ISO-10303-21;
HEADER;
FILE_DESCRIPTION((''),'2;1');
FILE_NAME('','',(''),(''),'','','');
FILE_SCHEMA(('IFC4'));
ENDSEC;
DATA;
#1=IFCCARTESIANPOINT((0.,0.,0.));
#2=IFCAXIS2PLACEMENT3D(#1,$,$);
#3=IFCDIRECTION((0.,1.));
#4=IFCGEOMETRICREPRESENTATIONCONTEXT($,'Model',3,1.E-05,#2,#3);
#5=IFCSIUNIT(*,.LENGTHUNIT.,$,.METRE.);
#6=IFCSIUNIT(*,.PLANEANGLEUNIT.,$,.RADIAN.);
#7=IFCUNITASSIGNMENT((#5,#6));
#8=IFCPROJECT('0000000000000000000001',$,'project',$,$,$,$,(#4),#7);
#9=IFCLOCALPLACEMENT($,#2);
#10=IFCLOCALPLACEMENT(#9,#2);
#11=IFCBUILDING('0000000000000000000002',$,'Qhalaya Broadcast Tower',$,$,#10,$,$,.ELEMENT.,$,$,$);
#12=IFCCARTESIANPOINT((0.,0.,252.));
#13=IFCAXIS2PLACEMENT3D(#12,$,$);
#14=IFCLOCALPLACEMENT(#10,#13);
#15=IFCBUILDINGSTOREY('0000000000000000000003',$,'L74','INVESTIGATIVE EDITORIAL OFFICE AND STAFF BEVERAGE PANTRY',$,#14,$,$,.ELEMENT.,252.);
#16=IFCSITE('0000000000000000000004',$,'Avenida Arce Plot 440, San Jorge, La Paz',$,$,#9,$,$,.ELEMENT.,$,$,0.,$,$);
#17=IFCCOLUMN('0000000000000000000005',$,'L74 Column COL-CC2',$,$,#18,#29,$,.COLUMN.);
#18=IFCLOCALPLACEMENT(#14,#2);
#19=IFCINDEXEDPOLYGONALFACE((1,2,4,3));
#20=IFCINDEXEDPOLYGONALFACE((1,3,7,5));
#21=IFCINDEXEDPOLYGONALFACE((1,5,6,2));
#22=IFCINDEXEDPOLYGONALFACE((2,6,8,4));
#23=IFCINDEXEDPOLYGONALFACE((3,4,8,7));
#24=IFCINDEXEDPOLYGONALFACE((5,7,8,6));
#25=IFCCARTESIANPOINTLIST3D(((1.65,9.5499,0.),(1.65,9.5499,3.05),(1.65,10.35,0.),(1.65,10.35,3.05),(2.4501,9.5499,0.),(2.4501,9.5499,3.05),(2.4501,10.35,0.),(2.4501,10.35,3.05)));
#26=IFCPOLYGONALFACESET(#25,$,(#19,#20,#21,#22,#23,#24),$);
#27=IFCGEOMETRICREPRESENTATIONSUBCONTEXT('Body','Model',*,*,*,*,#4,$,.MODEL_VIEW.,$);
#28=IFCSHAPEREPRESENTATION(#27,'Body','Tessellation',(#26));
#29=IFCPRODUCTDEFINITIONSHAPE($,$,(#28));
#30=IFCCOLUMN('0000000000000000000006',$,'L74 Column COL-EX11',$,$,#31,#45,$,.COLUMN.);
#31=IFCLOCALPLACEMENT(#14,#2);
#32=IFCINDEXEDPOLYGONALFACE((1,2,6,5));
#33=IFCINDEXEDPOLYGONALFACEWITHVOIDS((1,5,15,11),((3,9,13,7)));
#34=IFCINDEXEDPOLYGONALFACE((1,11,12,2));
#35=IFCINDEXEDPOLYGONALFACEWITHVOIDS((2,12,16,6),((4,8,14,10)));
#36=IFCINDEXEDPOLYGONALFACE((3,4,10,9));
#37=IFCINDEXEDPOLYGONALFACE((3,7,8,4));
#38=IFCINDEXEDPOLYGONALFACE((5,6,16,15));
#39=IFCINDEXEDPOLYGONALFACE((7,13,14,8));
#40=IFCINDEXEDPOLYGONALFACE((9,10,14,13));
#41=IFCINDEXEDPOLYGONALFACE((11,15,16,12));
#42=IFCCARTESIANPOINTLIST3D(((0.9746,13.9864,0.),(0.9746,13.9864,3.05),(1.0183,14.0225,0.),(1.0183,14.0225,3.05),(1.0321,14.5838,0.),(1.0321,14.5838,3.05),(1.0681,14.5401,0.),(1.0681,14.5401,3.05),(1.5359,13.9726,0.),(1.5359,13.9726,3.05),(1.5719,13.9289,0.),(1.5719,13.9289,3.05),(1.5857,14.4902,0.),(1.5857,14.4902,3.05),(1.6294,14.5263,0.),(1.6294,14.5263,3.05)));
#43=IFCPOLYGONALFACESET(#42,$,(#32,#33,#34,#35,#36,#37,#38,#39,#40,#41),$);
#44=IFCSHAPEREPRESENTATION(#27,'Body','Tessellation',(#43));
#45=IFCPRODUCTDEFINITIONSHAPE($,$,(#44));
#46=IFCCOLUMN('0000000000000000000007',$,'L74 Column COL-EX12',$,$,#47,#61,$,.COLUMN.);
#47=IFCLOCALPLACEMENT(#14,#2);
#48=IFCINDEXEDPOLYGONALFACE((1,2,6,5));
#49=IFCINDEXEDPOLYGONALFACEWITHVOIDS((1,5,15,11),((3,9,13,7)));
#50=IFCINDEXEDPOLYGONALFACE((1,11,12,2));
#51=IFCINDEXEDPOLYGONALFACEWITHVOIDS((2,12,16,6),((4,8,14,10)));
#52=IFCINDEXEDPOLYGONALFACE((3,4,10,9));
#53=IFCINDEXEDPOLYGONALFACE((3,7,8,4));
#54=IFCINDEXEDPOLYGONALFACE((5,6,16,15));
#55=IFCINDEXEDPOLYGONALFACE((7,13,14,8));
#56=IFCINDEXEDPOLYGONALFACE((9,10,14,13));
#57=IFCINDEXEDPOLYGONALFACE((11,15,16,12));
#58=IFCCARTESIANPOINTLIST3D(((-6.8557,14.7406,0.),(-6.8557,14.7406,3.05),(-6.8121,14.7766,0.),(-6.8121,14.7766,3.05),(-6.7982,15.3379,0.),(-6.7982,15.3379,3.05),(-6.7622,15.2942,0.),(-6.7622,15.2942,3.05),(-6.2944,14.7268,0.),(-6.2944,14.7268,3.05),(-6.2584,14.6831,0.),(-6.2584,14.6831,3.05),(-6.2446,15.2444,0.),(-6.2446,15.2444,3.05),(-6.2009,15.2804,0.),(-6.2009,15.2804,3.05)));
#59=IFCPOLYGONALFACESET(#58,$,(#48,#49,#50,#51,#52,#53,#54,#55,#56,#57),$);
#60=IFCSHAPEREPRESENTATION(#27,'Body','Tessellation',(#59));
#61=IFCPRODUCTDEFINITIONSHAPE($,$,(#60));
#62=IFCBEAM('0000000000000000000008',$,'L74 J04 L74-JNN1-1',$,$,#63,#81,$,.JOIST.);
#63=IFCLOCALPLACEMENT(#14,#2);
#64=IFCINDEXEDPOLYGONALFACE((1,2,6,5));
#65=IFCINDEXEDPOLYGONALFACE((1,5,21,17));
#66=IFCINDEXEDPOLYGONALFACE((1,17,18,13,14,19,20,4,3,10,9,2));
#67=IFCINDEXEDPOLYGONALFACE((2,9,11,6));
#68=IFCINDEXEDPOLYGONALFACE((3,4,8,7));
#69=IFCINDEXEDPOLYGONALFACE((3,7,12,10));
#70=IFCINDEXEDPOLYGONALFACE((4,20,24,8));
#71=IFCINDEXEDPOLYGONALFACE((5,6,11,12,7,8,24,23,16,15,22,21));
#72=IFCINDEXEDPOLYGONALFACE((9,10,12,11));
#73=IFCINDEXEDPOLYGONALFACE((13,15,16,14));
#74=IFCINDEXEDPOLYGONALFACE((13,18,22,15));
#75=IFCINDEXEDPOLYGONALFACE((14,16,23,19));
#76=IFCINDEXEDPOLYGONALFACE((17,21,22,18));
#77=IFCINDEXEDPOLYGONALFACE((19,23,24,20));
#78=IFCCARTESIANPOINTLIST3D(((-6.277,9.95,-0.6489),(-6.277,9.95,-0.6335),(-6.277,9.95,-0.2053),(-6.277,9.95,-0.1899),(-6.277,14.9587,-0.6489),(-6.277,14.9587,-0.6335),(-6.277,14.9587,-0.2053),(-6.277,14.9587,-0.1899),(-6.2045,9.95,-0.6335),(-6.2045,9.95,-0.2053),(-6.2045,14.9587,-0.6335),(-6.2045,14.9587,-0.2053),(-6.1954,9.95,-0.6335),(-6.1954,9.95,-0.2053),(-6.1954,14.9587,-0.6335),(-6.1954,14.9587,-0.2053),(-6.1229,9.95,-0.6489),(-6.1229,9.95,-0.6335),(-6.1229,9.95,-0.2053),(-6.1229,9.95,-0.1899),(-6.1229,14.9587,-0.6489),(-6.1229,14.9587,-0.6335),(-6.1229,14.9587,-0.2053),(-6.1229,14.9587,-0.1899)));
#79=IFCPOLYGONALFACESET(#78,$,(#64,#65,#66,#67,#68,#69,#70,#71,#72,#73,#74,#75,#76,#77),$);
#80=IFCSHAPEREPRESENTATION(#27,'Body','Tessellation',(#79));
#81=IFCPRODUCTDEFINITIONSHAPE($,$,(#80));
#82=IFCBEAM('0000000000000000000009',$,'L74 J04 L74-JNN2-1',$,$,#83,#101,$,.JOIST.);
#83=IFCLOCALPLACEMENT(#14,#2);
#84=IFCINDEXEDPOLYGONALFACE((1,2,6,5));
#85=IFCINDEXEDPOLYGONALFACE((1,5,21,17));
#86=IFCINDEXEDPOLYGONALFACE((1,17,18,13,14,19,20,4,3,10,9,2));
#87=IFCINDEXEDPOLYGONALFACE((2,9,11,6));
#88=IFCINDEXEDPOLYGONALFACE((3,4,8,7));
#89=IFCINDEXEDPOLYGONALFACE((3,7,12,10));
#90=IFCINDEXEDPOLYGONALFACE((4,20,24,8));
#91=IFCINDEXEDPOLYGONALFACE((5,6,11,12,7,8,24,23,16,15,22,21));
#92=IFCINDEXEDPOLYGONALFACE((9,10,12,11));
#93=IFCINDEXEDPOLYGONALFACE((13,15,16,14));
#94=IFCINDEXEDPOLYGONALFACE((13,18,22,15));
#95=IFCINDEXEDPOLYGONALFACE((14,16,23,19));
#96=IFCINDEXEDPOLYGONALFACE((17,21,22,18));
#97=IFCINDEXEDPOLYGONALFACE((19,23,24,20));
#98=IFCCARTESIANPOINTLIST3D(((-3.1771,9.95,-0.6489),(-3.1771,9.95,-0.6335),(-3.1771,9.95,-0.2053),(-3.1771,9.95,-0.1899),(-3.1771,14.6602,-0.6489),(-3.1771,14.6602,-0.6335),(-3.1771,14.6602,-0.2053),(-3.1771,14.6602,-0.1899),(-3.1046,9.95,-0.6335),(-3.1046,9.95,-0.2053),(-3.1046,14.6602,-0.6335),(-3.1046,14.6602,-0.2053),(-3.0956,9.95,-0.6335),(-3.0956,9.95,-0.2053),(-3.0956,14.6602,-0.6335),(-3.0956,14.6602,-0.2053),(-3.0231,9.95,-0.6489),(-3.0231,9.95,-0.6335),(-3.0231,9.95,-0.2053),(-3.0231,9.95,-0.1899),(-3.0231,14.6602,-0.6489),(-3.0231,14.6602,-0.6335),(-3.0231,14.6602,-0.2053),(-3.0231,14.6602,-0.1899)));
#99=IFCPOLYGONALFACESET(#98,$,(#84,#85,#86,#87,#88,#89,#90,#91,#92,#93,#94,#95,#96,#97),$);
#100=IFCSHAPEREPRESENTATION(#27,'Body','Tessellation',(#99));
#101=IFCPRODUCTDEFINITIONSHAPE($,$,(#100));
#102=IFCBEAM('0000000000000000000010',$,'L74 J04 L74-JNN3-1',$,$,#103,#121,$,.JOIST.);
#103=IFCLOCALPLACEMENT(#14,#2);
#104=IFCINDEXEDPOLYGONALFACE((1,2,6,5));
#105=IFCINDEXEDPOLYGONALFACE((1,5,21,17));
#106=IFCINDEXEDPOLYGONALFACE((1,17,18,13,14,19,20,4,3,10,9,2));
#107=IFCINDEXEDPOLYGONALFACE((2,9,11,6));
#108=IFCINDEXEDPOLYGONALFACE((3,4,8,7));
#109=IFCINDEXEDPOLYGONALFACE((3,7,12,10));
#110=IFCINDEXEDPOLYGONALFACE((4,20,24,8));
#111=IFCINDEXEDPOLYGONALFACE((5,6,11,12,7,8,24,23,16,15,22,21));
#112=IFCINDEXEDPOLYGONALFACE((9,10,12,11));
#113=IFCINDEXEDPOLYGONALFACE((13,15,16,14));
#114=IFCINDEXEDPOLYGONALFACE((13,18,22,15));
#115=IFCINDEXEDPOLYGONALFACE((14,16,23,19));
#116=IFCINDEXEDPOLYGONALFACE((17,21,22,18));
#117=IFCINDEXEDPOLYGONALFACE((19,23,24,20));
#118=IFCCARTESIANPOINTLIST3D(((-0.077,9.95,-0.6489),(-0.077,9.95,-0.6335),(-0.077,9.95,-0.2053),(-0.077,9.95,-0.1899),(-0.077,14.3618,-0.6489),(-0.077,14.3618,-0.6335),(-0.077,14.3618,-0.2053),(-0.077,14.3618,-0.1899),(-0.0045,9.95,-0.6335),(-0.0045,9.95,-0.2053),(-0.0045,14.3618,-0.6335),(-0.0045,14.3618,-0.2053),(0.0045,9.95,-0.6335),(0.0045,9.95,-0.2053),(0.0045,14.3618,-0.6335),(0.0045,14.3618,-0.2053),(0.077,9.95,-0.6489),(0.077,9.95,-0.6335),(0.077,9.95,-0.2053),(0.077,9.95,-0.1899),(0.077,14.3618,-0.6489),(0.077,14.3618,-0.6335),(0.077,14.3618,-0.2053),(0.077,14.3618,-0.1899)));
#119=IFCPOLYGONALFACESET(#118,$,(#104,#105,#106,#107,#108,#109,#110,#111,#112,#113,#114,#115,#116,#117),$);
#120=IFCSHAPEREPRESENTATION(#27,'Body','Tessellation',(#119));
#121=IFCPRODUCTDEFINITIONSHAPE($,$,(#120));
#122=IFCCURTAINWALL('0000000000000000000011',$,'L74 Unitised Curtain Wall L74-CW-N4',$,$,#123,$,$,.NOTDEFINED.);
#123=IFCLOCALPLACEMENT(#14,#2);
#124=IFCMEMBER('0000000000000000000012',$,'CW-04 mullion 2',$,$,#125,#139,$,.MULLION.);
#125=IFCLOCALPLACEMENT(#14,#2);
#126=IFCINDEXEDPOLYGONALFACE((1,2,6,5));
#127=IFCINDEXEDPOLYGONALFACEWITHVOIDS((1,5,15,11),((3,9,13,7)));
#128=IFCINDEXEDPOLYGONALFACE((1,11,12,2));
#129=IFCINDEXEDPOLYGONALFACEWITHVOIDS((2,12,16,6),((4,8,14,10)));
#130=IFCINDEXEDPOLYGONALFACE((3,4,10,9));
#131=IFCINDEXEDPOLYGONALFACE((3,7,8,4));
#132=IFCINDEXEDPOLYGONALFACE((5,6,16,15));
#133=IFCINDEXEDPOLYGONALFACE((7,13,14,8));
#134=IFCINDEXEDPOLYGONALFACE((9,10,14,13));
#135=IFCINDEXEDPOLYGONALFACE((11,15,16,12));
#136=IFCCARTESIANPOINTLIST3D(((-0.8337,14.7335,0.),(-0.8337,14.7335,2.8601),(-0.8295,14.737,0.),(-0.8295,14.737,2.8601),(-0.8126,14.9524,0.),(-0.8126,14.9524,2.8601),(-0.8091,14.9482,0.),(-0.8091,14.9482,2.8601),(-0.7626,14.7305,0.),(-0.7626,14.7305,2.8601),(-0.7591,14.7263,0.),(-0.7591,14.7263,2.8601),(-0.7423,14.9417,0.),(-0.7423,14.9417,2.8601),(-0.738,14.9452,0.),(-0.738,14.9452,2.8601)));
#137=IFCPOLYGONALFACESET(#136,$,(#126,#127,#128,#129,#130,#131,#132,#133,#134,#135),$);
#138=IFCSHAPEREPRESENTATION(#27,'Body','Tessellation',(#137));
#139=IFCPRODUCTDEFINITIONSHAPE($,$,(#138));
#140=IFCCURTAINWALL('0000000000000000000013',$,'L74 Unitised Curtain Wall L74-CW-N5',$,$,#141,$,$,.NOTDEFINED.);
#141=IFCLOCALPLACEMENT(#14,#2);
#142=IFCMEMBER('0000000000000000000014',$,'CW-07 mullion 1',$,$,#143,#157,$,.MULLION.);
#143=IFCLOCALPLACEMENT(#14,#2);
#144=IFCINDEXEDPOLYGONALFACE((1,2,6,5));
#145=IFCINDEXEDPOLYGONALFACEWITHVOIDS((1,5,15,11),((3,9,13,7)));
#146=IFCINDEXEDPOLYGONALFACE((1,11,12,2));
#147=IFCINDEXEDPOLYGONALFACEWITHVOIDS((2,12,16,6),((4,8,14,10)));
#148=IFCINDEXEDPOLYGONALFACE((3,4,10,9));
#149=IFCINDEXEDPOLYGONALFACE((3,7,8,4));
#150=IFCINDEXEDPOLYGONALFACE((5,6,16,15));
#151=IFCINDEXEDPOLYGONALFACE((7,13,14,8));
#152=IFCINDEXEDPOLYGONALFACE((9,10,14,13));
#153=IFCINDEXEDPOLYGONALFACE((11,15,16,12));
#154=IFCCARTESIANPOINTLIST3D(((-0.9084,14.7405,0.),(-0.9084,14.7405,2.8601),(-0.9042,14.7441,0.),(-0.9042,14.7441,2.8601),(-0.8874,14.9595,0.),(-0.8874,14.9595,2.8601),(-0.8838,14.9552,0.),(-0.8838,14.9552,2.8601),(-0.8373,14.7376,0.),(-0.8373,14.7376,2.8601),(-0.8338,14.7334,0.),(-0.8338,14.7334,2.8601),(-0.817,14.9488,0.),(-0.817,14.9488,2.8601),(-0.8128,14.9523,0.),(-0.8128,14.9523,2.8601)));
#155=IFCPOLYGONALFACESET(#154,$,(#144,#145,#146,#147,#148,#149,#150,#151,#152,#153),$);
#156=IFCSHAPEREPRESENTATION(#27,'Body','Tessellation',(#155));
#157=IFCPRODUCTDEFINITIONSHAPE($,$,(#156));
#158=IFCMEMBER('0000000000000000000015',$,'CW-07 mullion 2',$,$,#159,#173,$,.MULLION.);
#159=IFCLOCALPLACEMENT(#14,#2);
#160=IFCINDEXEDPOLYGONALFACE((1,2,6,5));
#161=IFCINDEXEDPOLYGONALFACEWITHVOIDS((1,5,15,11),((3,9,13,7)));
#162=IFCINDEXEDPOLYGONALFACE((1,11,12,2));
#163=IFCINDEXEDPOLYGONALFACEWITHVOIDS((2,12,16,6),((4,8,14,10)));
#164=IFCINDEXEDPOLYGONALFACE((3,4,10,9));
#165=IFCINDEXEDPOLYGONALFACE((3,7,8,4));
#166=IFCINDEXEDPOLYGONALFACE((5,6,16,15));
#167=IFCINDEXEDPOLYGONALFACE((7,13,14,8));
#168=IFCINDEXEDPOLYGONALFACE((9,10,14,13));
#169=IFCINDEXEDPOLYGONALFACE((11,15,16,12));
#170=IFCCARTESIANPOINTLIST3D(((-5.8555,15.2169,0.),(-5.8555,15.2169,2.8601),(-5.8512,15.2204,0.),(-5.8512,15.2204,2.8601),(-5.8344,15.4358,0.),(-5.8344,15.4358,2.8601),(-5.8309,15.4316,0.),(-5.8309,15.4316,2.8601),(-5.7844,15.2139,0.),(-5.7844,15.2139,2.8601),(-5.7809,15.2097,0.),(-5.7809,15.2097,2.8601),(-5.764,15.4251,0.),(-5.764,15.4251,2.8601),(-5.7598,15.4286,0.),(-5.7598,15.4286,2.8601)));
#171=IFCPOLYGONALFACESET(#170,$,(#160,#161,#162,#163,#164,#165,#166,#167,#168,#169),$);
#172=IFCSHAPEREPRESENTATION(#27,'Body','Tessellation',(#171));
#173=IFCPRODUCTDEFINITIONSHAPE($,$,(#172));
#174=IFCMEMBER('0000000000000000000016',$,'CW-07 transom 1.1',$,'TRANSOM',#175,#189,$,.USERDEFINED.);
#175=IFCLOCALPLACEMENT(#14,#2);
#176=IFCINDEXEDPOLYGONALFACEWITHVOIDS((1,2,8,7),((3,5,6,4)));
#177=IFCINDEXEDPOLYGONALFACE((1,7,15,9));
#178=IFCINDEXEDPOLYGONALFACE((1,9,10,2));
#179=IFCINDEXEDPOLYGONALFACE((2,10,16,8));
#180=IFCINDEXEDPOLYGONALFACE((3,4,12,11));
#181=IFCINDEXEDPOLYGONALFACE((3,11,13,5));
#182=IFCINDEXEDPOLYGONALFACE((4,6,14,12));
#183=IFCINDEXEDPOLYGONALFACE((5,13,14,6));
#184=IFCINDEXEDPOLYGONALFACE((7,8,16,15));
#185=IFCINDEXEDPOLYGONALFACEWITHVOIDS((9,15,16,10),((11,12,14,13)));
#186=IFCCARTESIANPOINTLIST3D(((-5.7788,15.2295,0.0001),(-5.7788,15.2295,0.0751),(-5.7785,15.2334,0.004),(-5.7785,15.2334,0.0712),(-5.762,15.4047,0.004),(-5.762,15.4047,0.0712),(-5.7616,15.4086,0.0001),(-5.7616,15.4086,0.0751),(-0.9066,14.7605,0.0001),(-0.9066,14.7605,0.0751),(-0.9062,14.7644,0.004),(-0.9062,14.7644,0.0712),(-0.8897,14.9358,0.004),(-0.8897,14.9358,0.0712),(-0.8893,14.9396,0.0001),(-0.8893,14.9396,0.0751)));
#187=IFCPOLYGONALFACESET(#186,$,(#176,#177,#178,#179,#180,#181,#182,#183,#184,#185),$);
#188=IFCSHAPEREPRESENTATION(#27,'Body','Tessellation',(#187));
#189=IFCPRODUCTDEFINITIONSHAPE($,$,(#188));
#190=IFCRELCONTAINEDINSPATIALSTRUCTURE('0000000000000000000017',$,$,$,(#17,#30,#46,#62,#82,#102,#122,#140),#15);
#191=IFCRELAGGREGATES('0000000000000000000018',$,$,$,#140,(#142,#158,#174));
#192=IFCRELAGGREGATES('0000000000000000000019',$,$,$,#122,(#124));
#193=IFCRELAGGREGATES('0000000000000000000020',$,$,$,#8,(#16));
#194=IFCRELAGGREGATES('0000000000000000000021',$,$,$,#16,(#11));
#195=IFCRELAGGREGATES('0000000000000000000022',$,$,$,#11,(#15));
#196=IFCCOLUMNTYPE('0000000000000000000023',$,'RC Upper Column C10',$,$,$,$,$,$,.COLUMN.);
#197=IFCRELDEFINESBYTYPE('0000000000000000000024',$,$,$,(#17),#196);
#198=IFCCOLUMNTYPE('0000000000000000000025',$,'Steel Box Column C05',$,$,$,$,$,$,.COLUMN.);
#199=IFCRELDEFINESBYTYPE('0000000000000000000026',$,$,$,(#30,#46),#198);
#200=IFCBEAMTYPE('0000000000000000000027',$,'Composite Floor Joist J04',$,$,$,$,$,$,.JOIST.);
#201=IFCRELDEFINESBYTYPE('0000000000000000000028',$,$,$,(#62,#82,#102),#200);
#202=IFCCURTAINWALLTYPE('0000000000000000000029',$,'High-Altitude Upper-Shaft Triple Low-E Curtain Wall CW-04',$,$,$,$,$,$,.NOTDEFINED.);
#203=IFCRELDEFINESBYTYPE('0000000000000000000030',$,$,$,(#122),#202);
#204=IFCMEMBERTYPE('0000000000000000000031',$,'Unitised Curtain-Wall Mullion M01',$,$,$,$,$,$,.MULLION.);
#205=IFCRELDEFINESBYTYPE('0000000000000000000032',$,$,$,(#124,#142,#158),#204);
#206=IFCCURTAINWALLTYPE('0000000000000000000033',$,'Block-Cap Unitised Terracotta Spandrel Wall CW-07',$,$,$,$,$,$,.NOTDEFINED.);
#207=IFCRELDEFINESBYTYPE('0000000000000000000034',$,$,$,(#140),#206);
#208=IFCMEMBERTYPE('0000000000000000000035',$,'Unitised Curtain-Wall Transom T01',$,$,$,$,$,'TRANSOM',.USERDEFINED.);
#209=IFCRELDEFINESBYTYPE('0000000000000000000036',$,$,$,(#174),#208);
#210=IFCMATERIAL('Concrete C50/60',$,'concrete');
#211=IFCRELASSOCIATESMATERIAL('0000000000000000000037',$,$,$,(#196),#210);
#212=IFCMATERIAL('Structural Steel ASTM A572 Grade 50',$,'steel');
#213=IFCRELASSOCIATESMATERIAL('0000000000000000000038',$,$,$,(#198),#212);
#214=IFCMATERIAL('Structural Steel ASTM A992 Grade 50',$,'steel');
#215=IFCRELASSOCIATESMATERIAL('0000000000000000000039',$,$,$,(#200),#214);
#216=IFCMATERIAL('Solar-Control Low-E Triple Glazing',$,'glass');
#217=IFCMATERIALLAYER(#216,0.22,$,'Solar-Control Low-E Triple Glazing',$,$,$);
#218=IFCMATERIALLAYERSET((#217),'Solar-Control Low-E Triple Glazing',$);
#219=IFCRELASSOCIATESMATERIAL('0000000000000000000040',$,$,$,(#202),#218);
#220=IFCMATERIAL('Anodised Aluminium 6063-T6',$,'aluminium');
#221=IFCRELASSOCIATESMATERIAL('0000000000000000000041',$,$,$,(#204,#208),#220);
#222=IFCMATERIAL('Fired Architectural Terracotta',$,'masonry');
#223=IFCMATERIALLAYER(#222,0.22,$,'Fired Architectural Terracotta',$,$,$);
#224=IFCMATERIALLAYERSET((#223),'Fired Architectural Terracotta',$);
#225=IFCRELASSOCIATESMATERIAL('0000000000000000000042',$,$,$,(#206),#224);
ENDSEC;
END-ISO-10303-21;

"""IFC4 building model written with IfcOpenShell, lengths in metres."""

from ifc_helpers import new_model, si_unit, direction, frame, origin, origin_2d, place, context, subcontext, project, spatial, rectangle, hollow_rectangle, i_section, extrude, material, layer, layer_set, material_profile, profile_set, type_object, element, aggregate, save


model = new_model("IFC4")

# Units and contexts
model_context = context("Model", 3, precision=1e-05, world=origin(), true_north=direction((0.0, 1.0)))
body_context = subcontext(model_context, "Body", "Model", "MODEL_VIEW")
ifc_project = project(units=[si_unit("LENGTHUNIT", "METRE"), si_unit("PLANEANGLEUNIT", "RADIAN")], contexts=[model_context])

# Site, building, storey
site_placement = place(None, origin())
site = spatial("IfcSite", under=ifc_project, at=site_placement, Name="Avenida Arce Plot 440, San Jorge, La Paz", CompositionType="ELEMENT", RefElevation=0.0)
building_placement = place(site_placement, origin())
building = spatial("IfcBuilding", under=site, at=building_placement, Name="Qhalaya Broadcast Tower", CompositionType="ELEMENT")
storey_placement = place(building_placement, frame((0.0, 0.0, 252.0)))
storey = spatial("IfcBuildingStorey", under=building, at=storey_placement, Name="L74", Description="INVESTIGATIVE EDITORIAL OFFICE AND STAFF BEVERAGE PANTRY", CompositionType="ELEMENT", Elevation=252.0)

# Columns
ifc_material_1 = material(Name="Concrete C50/60", Category="concrete")
ifc_material_profile_1 = material_profile(ifc_material_1, rectangle(XDim=0.8, YDim=0.8, at=origin_2d()), Name="RC-COL 800x800")
ifc_profile_set_1 = profile_set([ifc_material_profile_1], Name="Concrete C50/60")
column_type_1 = type_object("IfcColumnType", Name="RC Upper Column C10", PredefinedType="COLUMN", material=ifc_profile_set_1)
column_placement = place(storey_placement, frame((2.05, 9.95, 0.0), z_axis=(0.0, 0.0, 1.0), x_axis=(1.0, 0.0, 0.0)))
element("IfcColumn", 1, at=column_placement, inside=storey, type_object=column_type_1, Name="L74 Column COL-CC2", PredefinedType="COLUMN", context=body_context, shape_type="SweptSolid", body=[
    extrude(rectangle(XDim=0.8, YDim=0.8, at=origin_2d()), origin(), (0.0, 0.0, 1.0), 3.05),
])
ifc_material_2 = material(Name="Structural Steel ASTM A572 Grade 50", Category="steel")
ifc_material_profile_2 = material_profile(ifc_material_2, hollow_rectangle(XDim=0.6001, YDim=0.6001, WallThickness=0.04, at=origin_2d()), Name="BOX 600x600x40")
ifc_profile_set_2 = profile_set([ifc_material_profile_2], Name="Structural Steel ASTM A572 Grade 50")
column_type_2 = type_object("IfcColumnType", Name="Steel Box Column C05", PredefinedType="COLUMN", material=ifc_profile_set_2)
for number, where, z_axis, x_axis, name in (
    (2, (1.302, 14.2563, 0.0), (0.0, 0.0, 1.0), (0.995396, -0.095846, 0.0), "L74 Column COL-EX11"),
    (3, (-6.5283, 15.0105, 0.0), (0.0, 0.0, 1.0), (0.995396, -0.095846, 0.0), "L74 Column COL-EX12"),
):
    element("IfcColumn", number, at=place(storey_placement, frame(where, z_axis=z_axis, x_axis=x_axis)), inside=storey, type_object=column_type_2, Name=name, PredefinedType="COLUMN", context=body_context, shape_type="SweptSolid", body=[
        extrude(hollow_rectangle(XDim=0.6001, YDim=0.6001, WallThickness=0.04, at=origin_2d()), origin(), (0.0, 0.0, 1.0), 3.05),
    ])

# Beams
ifc_material_3 = material(Name="Structural Steel ASTM A992 Grade 50", Category="steel")
ifc_material_profile_3 = material_profile(ifc_material_3, i_section(OverallWidth=0.1541, OverallDepth=0.459, WebThickness=0.009, FlangeThickness=0.0154, at=origin_2d()), Name="W18X46")
ifc_profile_set_3 = profile_set([ifc_material_profile_3], Name="Structural Steel ASTM A992 Grade 50")
beam_type_1 = type_object("IfcBeamType", Name="Composite Floor Joist J04", PredefinedType="JOIST", material=ifc_profile_set_3)
beam_1_placement = place(storey_placement, frame((-6.2, 9.95, -0.4194), z_axis=(0.0, 1.0, 0.0), x_axis=(-1.0, 0.0, 0.0)))
element("IfcBeam", 4, at=beam_1_placement, inside=storey, type_object=beam_type_1, Name="L74 J04 L74-JNN1-1", PredefinedType="JOIST", context=body_context, shape_type="SweptSolid", body=[
    extrude(i_section(OverallWidth=0.1541, OverallDepth=0.459, WebThickness=0.009, FlangeThickness=0.0154, at=origin_2d()), origin(), (0.0, 0.0, 1.0), 5.0088),
])
beam_2_placement = place(storey_placement, frame((-3.1001, 9.95, -0.4194), z_axis=(0.0, 1.0, 0.0), x_axis=(-1.0, 0.0, 0.0)))
element("IfcBeam", 5, at=beam_2_placement, inside=storey, type_object=beam_type_1, Name="L74 J04 L74-JNN2-1", PredefinedType="JOIST", context=body_context, shape_type="SweptSolid", body=[
    extrude(i_section(OverallWidth=0.1541, OverallDepth=0.459, WebThickness=0.009, FlangeThickness=0.0154, at=origin_2d()), origin(), (0.0, 0.0, 1.0), 4.7102),
])
beam_3_placement = place(storey_placement, frame((0.0, 9.95, -0.4194), z_axis=(0.0, 1.0, 0.0), x_axis=(-1.0, 0.0, 0.0)))
element("IfcBeam", 6, at=beam_3_placement, inside=storey, type_object=beam_type_1, Name="L74 J04 L74-JNN3-1", PredefinedType="JOIST", context=body_context, shape_type="SweptSolid", body=[
    extrude(i_section(OverallWidth=0.1541, OverallDepth=0.459, WebThickness=0.009, FlangeThickness=0.0154, at=origin_2d()), origin(), (0.0, 0.0, 1.0), 4.4119),
])

# Curtain wall, member
ifc_material_4 = material(Name="Solar-Control Low-E Triple Glazing", Category="glass")
ifc_layer_1 = layer(ifc_material_4, 0.22, Name="Solar-Control Low-E Triple Glazing")
ifc_layer_set_1 = layer_set([ifc_layer_1], Name="Solar-Control Low-E Triple Glazing")
curtain_wall_type_1 = type_object("IfcCurtainWallType", Name="High-Altitude Upper-Shaft Triple Low-E Curtain Wall CW-04", PredefinedType="NOTDEFINED", material=ifc_layer_set_1)
curtain_wall_1_placement = place(storey_placement, origin())
curtain_wall_1 = element("IfcCurtainWall", 7, at=curtain_wall_1_placement, inside=storey, type_object=curtain_wall_type_1, Name="L74 Unitised Curtain Wall L74-CW-N4", PredefinedType="NOTDEFINED")
ifc_material_5 = material(Name="Anodised Aluminium 6063-T6", Category="aluminium")
ifc_material_profile_4 = material_profile(ifc_material_5, hollow_rectangle(XDim=0.075, YDim=0.22, WallThickness=0.0039, at=origin_2d()), Name="ALU-MUL 75x220x4")
ifc_profile_set_4 = profile_set([ifc_material_profile_4], Name="Anodised Aluminium 6063-T6")
member_type_1 = type_object("IfcMemberType", Name="Unitised Curtain-Wall Mullion M01", PredefinedType="MULLION", material=ifc_profile_set_4)
member_1_placement = place(storey_placement, frame((-0.7859, 14.8394, 0.0), z_axis=(0.0, 0.0, 1.0), x_axis=(-0.995394, 0.095865, 0.0)))
member_1 = element("IfcMember", 8, at=member_1_placement, type_object=member_type_1, Name="CW-04 mullion 2", PredefinedType="MULLION", context=body_context, shape_type="SweptSolid", body=[
    extrude(hollow_rectangle(XDim=0.075, YDim=0.22, WallThickness=0.0039, at=origin_2d()), origin(), (0.0, 0.0, 1.0), 2.8601),
])

# Curtain wall, members
ifc_material_6 = material(Name="Fired Architectural Terracotta", Category="masonry")
ifc_layer_2 = layer(ifc_material_6, 0.22, Name="Fired Architectural Terracotta")
ifc_layer_set_2 = layer_set([ifc_layer_2], Name="Fired Architectural Terracotta")
curtain_wall_type_2 = type_object("IfcCurtainWallType", Name="Block-Cap Unitised Terracotta Spandrel Wall CW-07", PredefinedType="NOTDEFINED", material=ifc_layer_set_2)
curtain_wall_2_placement = place(storey_placement, origin())
curtain_wall_2 = element("IfcCurtainWall", 9, at=curtain_wall_2_placement, inside=storey, type_object=curtain_wall_type_2, Name="L74 Unitised Curtain Wall L74-CW-N5", PredefinedType="NOTDEFINED")
member_2_placement = place(storey_placement, frame((-0.8606, 14.8464, 0.0), z_axis=(0.0, 0.0, 1.0), x_axis=(-0.995397, 0.095839, 0.0)))
member_2 = element("IfcMember", 10, at=member_2_placement, type_object=member_type_1, Name="CW-07 mullion 1", PredefinedType="MULLION", context=body_context, shape_type="SweptSolid", body=[
    extrude(hollow_rectangle(XDim=0.075, YDim=0.22, WallThickness=0.0039, at=origin_2d()), origin(), (0.0, 0.0, 1.0), 2.8601),
])
member_3_placement = place(storey_placement, frame((-5.8076, 15.3228, 0.0), z_axis=(0.0, 0.0, 1.0), x_axis=(-0.995397, 0.095839, 0.0)))
member_3 = element("IfcMember", 11, at=member_3_placement, type_object=member_type_1, Name="CW-07 mullion 2", PredefinedType="MULLION", context=body_context, shape_type="SweptSolid", body=[
    extrude(hollow_rectangle(XDim=0.075, YDim=0.22, WallThickness=0.0039, at=origin_2d()), origin(), (0.0, 0.0, 1.0), 2.8601),
])
ifc_material_profile_5 = material_profile(ifc_material_5, hollow_rectangle(XDim=0.075, YDim=0.1799, WallThickness=0.0039, at=origin_2d()), Name="ALU-TRN 75x180x4")
ifc_profile_set_5 = profile_set([ifc_material_profile_5], Name="Anodised Aluminium 6063-T6")
member_type_2 = type_object("IfcMemberType", Name="Unitised Curtain-Wall Transom T01", ElementType="TRANSOM", PredefinedType="USERDEFINED", material=ifc_profile_set_5)
member_4_placement = place(storey_placement, frame((-0.8979, 14.8501, 0.0376), z_axis=(-0.995399, 0.095814, 0.0), x_axis=(0.0, 0.0, 1.0)))
member_4 = element("IfcMember", 12, at=member_4_placement, type_object=member_type_2, Name="CW-07 transom 1.1", ObjectType="TRANSOM", PredefinedType="USERDEFINED", context=body_context, shape_type="SweptSolid", body=[
    extrude(hollow_rectangle(XDim=0.075, YDim=0.1799, WallThickness=0.0039, at=origin_2d()), origin(), (0.0, 0.0, 1.0), 4.8948),
])

aggregate(curtain_wall_2, [member_2, member_3, member_4])
aggregate(curtain_wall_1, [member_1])

save(model, "model.ifc")
